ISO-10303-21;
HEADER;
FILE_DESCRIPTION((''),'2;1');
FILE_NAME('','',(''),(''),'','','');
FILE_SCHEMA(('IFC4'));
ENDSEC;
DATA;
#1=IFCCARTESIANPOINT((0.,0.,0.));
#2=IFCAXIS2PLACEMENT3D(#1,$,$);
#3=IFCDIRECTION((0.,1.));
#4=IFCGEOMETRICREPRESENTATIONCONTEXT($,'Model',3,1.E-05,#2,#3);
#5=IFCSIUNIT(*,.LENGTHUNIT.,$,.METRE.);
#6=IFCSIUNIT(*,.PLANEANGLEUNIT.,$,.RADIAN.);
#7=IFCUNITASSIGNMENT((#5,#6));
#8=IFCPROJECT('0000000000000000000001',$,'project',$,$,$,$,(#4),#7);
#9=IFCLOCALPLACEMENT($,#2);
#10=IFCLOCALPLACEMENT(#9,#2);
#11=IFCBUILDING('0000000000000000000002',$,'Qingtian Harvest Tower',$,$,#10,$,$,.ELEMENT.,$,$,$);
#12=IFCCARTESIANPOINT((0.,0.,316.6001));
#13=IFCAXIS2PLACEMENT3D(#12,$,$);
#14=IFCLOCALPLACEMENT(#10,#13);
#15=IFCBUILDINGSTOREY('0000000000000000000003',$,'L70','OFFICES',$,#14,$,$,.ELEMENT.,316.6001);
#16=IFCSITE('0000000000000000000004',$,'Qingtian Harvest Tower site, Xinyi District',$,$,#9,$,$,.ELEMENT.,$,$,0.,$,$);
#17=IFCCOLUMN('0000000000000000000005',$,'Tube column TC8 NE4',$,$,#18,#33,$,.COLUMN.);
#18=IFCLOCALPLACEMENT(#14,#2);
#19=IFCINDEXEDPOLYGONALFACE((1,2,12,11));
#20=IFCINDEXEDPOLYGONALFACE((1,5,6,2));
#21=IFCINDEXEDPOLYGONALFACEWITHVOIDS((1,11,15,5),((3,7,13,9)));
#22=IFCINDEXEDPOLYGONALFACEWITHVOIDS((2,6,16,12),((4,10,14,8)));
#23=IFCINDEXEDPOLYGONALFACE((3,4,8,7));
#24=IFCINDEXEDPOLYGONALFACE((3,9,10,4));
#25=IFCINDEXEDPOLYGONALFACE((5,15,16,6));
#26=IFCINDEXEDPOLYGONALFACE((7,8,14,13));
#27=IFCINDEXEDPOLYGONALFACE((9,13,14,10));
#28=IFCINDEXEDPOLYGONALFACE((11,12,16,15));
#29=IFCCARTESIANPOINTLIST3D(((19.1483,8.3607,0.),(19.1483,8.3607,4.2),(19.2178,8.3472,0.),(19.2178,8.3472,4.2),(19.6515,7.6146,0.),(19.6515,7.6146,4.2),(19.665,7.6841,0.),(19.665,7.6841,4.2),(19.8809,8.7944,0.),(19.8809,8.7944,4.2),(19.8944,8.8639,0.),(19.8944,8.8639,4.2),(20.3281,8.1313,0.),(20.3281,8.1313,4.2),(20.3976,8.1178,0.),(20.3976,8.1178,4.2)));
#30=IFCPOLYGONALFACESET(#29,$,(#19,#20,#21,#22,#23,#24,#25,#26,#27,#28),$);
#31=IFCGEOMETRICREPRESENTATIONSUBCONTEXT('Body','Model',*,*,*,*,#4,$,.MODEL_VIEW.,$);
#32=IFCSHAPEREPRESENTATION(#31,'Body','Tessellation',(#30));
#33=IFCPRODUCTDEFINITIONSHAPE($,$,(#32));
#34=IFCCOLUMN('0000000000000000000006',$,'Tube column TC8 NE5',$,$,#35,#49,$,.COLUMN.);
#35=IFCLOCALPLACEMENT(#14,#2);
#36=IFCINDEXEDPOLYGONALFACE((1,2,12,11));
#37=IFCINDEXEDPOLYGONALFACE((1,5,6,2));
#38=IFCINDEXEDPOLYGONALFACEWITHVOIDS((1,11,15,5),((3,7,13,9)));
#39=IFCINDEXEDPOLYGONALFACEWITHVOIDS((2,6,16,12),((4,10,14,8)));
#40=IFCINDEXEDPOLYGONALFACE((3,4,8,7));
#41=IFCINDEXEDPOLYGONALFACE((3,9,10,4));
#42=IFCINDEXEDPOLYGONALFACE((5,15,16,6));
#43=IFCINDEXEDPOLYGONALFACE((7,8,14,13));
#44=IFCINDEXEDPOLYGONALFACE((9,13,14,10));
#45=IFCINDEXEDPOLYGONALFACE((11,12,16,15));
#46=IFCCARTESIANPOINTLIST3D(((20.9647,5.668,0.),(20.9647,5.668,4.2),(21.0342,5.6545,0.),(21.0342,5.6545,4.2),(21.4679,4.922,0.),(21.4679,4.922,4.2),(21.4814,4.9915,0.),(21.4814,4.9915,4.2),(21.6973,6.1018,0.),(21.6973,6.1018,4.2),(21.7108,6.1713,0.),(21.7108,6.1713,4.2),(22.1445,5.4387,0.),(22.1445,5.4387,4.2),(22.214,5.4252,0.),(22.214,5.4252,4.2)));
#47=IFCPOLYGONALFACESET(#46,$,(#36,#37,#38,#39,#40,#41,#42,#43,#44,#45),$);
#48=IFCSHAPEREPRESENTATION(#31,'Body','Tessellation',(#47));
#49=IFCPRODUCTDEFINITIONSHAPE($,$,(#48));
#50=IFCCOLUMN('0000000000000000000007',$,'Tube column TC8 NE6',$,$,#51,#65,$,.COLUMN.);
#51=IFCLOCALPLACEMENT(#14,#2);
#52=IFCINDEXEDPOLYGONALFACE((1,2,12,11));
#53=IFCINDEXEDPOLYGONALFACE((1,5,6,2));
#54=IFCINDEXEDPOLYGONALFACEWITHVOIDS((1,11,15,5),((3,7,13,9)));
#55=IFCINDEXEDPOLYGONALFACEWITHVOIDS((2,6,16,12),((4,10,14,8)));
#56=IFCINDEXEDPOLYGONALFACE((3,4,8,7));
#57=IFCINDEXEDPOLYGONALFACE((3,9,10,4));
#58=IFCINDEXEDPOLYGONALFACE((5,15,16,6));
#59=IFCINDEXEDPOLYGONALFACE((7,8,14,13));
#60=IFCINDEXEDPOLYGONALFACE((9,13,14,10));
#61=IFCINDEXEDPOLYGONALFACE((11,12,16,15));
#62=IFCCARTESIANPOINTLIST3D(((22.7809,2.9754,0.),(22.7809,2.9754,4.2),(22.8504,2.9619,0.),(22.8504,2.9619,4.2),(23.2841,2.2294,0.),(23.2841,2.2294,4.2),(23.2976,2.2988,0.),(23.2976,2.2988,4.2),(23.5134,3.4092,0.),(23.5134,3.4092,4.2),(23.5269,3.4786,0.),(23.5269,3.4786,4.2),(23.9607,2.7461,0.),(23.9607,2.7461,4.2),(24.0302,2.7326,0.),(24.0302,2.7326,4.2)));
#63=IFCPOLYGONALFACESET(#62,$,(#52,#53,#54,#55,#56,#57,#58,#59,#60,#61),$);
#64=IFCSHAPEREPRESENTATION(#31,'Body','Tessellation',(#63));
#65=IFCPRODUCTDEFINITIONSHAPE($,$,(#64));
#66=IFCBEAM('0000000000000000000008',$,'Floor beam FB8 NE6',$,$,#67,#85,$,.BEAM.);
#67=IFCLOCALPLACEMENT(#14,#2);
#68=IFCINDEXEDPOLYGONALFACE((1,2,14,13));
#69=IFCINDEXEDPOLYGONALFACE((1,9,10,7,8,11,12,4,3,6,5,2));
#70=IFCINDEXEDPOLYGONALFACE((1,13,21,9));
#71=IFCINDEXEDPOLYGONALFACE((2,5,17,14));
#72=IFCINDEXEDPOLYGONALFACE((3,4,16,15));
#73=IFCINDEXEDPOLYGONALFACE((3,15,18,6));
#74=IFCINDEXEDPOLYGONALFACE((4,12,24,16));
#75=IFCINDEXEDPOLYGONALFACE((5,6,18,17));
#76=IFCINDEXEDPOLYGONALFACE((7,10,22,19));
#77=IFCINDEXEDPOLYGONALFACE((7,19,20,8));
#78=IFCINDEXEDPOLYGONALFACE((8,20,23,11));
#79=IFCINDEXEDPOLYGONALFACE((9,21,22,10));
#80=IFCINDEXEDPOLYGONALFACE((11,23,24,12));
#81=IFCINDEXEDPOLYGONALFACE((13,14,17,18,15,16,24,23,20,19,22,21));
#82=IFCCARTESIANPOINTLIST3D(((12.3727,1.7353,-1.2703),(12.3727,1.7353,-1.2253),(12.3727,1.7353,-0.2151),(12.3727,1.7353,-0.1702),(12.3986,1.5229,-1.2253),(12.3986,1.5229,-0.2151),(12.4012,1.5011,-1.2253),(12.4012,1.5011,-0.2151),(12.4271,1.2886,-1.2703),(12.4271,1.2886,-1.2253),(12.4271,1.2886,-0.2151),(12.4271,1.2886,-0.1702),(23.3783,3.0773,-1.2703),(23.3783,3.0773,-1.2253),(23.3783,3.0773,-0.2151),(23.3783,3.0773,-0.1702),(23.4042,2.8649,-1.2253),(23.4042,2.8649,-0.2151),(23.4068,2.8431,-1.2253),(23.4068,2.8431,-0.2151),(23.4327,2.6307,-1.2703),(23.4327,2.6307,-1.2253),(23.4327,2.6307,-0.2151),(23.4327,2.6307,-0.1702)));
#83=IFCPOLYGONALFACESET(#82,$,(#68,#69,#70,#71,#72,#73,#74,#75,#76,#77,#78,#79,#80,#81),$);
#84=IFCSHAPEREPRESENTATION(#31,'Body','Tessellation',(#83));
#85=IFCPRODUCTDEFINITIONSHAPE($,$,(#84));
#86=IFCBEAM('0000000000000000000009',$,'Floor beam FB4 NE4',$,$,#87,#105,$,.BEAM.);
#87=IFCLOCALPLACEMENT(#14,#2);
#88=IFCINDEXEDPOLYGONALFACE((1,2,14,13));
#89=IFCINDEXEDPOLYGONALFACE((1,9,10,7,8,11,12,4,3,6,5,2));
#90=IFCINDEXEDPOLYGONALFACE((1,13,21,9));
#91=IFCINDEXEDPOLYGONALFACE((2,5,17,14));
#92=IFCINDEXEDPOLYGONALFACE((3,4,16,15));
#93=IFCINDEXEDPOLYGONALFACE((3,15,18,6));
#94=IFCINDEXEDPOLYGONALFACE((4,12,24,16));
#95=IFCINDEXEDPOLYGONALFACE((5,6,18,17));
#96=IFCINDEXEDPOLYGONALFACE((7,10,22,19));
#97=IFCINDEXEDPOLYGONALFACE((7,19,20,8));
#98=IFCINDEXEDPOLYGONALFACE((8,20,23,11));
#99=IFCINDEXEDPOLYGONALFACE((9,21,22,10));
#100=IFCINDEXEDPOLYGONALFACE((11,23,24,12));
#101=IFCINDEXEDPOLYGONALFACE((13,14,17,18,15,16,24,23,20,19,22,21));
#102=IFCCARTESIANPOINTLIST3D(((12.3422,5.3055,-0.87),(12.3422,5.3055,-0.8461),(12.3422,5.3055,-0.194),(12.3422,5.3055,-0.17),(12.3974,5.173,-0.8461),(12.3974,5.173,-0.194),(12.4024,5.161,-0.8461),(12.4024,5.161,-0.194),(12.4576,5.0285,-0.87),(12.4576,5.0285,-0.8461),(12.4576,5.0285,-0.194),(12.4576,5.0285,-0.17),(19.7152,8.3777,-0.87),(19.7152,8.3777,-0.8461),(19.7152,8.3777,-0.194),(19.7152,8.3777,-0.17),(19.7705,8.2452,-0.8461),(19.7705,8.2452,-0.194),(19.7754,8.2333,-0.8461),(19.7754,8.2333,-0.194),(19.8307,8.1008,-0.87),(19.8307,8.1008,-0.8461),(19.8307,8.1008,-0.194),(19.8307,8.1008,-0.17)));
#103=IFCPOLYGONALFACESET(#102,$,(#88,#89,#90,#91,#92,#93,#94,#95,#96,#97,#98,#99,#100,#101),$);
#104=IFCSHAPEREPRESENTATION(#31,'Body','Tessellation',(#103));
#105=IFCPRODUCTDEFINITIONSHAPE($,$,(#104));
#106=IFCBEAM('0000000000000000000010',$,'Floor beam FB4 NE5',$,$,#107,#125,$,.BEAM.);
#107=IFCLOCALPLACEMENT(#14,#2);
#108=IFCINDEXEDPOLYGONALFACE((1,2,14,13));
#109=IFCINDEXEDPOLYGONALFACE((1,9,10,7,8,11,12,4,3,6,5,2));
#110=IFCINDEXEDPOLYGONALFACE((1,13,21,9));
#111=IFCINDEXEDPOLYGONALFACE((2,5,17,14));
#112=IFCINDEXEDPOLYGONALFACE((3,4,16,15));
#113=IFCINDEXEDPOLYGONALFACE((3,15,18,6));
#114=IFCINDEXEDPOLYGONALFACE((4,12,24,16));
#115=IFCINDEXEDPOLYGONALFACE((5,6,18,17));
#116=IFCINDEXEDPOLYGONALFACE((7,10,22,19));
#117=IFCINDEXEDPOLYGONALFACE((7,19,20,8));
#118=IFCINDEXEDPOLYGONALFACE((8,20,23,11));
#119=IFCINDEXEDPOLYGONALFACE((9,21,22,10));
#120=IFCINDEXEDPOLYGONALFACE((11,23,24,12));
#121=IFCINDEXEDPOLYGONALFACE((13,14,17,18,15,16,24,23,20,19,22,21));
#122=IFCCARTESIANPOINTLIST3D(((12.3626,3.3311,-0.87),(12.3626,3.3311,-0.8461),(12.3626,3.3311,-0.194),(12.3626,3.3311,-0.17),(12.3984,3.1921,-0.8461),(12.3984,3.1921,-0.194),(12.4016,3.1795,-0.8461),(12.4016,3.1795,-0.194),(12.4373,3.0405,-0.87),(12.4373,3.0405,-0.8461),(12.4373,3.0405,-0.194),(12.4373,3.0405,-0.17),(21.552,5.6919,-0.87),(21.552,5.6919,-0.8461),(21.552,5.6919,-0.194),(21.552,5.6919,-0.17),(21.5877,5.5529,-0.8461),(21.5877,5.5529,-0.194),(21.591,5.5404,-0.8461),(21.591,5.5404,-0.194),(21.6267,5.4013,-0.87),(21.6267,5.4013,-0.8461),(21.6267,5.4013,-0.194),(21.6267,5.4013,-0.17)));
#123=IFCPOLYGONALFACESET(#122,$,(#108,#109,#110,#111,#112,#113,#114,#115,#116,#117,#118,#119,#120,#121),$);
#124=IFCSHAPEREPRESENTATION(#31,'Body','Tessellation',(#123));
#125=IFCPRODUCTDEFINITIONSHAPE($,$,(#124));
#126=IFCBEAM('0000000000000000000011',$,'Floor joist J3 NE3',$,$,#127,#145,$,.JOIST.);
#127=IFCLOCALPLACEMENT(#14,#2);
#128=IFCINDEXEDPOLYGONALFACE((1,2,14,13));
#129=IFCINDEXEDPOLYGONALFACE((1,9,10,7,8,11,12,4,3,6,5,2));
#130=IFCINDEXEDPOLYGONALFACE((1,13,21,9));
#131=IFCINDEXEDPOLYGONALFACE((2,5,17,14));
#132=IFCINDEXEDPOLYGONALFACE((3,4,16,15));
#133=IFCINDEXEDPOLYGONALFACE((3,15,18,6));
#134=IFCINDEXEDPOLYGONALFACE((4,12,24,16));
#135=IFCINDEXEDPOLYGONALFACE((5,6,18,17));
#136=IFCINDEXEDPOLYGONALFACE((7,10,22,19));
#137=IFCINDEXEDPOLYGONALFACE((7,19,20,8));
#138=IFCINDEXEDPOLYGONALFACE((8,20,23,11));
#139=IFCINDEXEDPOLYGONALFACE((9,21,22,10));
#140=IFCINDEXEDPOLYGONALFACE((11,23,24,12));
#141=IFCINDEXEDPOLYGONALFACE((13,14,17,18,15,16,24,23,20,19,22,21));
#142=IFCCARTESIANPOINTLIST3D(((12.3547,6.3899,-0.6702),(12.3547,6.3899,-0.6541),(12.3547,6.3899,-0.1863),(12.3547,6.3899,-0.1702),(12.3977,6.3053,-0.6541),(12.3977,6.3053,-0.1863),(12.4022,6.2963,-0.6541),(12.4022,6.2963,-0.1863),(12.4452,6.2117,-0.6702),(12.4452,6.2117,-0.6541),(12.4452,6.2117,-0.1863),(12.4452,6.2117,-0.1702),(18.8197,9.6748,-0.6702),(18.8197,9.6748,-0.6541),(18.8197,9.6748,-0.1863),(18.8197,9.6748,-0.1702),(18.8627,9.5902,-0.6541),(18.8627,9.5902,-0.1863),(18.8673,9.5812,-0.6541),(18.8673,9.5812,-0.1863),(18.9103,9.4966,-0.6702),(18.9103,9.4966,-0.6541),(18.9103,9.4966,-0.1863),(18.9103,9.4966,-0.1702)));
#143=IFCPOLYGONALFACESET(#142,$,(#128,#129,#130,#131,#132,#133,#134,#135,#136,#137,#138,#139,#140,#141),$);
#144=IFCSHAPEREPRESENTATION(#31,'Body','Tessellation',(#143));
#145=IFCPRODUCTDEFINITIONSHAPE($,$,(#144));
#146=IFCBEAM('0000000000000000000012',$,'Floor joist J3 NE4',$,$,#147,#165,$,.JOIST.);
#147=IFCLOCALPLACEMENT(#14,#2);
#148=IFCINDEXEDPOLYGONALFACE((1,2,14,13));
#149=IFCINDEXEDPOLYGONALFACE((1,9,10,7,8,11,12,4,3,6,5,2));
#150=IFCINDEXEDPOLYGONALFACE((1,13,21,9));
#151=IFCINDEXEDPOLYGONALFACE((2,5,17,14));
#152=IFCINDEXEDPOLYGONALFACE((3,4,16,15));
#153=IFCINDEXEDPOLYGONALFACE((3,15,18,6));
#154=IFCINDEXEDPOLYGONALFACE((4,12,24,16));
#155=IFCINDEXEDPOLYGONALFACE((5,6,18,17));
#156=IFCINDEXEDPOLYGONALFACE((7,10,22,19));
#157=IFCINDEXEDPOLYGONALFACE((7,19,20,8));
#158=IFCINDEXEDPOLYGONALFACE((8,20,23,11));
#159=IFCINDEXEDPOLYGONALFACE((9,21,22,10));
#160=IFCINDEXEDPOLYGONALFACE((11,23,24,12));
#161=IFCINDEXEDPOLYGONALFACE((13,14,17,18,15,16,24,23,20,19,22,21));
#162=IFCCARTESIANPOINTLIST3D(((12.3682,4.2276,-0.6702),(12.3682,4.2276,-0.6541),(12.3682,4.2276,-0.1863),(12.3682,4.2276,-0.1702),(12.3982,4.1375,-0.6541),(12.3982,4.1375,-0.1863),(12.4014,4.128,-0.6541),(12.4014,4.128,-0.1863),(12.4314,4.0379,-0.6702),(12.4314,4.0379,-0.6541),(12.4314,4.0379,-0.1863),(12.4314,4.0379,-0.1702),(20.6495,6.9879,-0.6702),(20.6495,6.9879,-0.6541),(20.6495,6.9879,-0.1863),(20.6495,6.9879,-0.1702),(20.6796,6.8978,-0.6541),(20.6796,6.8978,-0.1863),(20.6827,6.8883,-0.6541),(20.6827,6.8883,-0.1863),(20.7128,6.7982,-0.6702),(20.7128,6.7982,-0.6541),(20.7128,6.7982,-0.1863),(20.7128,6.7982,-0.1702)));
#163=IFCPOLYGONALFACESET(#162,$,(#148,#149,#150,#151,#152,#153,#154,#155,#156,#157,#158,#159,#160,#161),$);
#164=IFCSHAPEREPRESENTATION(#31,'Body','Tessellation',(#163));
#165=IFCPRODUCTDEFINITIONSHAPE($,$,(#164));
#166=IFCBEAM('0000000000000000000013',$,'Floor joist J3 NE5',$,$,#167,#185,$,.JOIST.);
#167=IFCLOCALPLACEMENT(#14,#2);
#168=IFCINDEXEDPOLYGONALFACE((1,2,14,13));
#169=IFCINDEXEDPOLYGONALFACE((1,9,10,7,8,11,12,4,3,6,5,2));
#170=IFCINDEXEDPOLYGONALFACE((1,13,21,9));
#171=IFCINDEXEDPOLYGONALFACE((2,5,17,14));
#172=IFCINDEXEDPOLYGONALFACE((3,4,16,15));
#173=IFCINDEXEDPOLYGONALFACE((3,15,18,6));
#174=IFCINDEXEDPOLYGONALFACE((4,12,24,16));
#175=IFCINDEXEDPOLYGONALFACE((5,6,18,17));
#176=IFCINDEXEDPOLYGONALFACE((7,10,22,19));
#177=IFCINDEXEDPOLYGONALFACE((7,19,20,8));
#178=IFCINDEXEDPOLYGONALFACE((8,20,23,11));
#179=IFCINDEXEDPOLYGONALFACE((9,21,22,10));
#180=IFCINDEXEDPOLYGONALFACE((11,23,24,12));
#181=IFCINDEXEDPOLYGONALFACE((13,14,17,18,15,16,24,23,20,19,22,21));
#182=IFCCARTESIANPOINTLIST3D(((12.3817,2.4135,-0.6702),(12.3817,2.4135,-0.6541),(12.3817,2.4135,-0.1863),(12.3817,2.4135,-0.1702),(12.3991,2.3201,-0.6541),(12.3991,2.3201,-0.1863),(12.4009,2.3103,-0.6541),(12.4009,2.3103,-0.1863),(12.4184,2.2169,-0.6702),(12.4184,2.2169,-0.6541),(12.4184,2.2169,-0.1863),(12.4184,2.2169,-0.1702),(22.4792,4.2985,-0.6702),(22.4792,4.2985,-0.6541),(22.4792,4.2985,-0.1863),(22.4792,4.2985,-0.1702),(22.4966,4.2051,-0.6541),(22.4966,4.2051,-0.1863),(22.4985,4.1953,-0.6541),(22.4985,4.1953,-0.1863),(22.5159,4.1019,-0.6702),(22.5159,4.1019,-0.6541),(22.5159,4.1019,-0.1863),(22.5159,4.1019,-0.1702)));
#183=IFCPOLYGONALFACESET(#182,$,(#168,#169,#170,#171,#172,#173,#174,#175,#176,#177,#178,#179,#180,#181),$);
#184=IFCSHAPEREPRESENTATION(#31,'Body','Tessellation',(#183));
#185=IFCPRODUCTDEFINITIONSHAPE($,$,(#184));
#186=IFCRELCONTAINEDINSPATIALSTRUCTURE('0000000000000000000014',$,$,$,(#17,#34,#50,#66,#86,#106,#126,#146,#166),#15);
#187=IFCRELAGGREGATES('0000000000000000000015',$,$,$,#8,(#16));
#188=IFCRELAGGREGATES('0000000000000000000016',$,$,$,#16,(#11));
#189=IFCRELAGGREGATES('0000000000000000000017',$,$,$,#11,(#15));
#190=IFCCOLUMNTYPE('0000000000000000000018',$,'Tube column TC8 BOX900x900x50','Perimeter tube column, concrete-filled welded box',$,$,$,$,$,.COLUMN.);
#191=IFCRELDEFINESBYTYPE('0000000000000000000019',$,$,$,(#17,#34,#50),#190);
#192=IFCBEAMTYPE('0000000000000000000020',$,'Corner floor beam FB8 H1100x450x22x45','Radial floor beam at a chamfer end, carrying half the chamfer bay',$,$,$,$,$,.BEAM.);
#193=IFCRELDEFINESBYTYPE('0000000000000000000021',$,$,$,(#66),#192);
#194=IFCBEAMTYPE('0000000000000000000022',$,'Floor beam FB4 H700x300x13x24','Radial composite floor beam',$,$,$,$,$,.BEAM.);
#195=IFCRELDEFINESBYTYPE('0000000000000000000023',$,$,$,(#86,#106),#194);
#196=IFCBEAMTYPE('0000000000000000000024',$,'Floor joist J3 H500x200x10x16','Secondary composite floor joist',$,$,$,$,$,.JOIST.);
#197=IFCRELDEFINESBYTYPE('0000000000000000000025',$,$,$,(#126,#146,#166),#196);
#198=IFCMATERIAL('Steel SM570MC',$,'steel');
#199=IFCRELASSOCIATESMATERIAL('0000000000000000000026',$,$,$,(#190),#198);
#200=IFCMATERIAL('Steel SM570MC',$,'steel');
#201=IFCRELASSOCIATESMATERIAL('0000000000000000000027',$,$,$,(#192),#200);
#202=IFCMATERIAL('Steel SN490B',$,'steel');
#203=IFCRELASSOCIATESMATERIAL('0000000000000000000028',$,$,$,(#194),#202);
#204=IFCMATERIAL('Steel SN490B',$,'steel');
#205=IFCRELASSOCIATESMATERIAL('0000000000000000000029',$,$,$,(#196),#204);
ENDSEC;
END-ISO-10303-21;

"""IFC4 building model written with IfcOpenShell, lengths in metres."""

from ifc_helpers import new_model, si_unit, direction, frame, origin, origin_2d, place, context, subcontext, project, spatial, hollow_rectangle, i_section, extrude, material, material_profile, profile_set, type_object, element, save


model = new_model("IFC4")

# Units and contexts
model_context = context("Model", 3, precision=1e-05, world=origin(), true_north=direction((0.0, 1.0)))
body_context = subcontext(model_context, "Body", "Model", "MODEL_VIEW")
ifc_project = project(units=[si_unit("LENGTHUNIT", "METRE"), si_unit("PLANEANGLEUNIT", "RADIAN")], contexts=[model_context])

# Site, building, storey
site_placement = place(None, origin())
site = spatial("IfcSite", under=ifc_project, at=site_placement, Name="Qingtian Harvest Tower site, Xinyi District", CompositionType="ELEMENT", RefElevation=0.0)
building_placement = place(site_placement, origin())
building = spatial("IfcBuilding", under=site, at=building_placement, Name="Qingtian Harvest Tower", CompositionType="ELEMENT")
storey_placement = place(building_placement, frame((0.0, 0.0, 316.6001)))
storey = spatial("IfcBuildingStorey", under=building, at=storey_placement, Name="L70", Description="OFFICES", CompositionType="ELEMENT", Elevation=316.6001)

# Columns
ifc_material_1 = material(Name="Steel SM570MC", Category="steel")
ifc_material_profile_1 = material_profile(ifc_material_1, hollow_rectangle(XDim=0.8999, YDim=0.8999, WallThickness=0.05, at=origin_2d()), Name="BOX900x900x50")
ifc_profile_set_1 = profile_set([ifc_material_profile_1], Name="Steel SM570MC")
column_type = type_object("IfcColumnType", Name="Tube column TC8 BOX900x900x50", Description="Perimeter tube column, concrete-filled welded box", PredefinedType="COLUMN", material=ifc_profile_set_1)
for number, where, z_axis, x_axis, name in (
    (1, (19.7729, 8.2393, 0.0), (0.0, 0.0, 1.0), (-0.559193, 0.829038, 0.0), "Tube column TC8 NE4"),
    (2, (21.5894, 5.5466, 0.0), (0.0, 0.0, 1.0), (-0.559193, 0.829038, 0.0), "Tube column TC8 NE5"),
    (3, (23.4055, 2.854, 0.0), (0.0, 0.0, 1.0), (-0.559193, 0.829038, 0.0), "Tube column TC8 NE6"),
):
    element("IfcColumn", number, at=place(storey_placement, frame(where, z_axis=z_axis, x_axis=x_axis)), inside=storey, type_object=column_type, Name=name, PredefinedType="COLUMN", context=body_context, shape_type="SweptSolid", body=[
        extrude(hollow_rectangle(XDim=0.8999, YDim=0.8999, WallThickness=0.05, at=origin_2d()), origin(), (0.0, 0.0, 1.0), 4.2),
    ])

# Beams
ifc_material_2 = material(Name="Steel SM570MC", Category="steel")
ifc_material_profile_2 = material_profile(ifc_material_2, i_section(OverallWidth=0.45, OverallDepth=1.1001, WebThickness=0.022, FlangeThickness=0.0449, at=origin_2d()), Name="H1100x450x22x45")
ifc_profile_set_2 = profile_set([ifc_material_profile_2], Name="Steel SM570MC")
beam_type_1 = type_object("IfcBeamType", Name="Corner floor beam FB8 H1100x450x22x45", Description="Radial floor beam at a chamfer end, carrying half the chamfer bay", PredefinedType="BEAM", material=ifc_profile_set_2)
beam_1_placement = place(storey_placement, frame((23.4055, 2.854, -0.7202), z_axis=(-0.992647, -0.121045, 0.0), x_axis=(0.121045, -0.992647, 0.0)))
element("IfcBeam", 4, at=beam_1_placement, inside=storey, type_object=beam_type_1, Name="Floor beam FB8 NE6", PredefinedType="BEAM", context=body_context, shape_type="SweptSolid", body=[
    extrude(i_section(OverallWidth=0.45, OverallDepth=1.1001, WebThickness=0.022, FlangeThickness=0.0449, at=origin_2d()), origin(), (0.0, 0.0, 1.0), 11.0872),
])
ifc_material_3 = material(Name="Steel SN490B", Category="steel")
ifc_material_profile_3 = material_profile(ifc_material_3, i_section(OverallWidth=0.3, OverallDepth=0.7, WebThickness=0.0129, FlangeThickness=0.0239, at=origin_2d()), Name="H700x300x13x24")
ifc_profile_set_3 = profile_set([ifc_material_profile_3], Name="Steel SN490B")
beam_type_2 = type_object("IfcBeamType", Name="Floor beam FB4 H700x300x13x24", Description="Radial composite floor beam", PredefinedType="BEAM", material=ifc_profile_set_3)
beam_2_placement = place(storey_placement, frame((19.7729, 8.2393, -0.52), z_axis=(-0.92307, -0.384633, 0.0), x_axis=(0.384633, -0.92307, 0.0)))
element("IfcBeam", 5, at=beam_2_placement, inside=storey, type_object=beam_type_2, Name="Floor beam FB4 NE4", PredefinedType="BEAM", context=body_context, shape_type="SweptSolid", body=[
    extrude(i_section(OverallWidth=0.3, OverallDepth=0.7, WebThickness=0.0129, FlangeThickness=0.0239, at=origin_2d()), origin(), (0.0, 0.0, 1.0), 7.9875),
])
beam_3_placement = place(storey_placement, frame((21.5894, 5.5466, -0.52), z_axis=(-0.968548, -0.248827, 0.0), x_axis=(0.248827, -0.968548, 0.0)))
element("IfcBeam", 6, at=beam_3_placement, inside=storey, type_object=beam_type_2, Name="Floor beam FB4 NE5", PredefinedType="BEAM", context=body_context, shape_type="SweptSolid", body=[
    extrude(i_section(OverallWidth=0.3, OverallDepth=0.7, WebThickness=0.0129, FlangeThickness=0.0239, at=origin_2d()), origin(), (0.0, 0.0, 1.0), 9.4878),
])
ifc_material_4 = material(Name="Steel SN490B", Category="steel")
ifc_material_profile_4 = material_profile(ifc_material_4, i_section(OverallWidth=0.2, OverallDepth=0.5, WebThickness=0.01, FlangeThickness=0.0161, at=origin_2d()), Name="H500x200x10x16")
ifc_profile_set_4 = profile_set([ifc_material_profile_4], Name="Steel SN490B")
beam_type_3 = type_object("IfcBeamType", Name="Floor joist J3 H500x200x10x16", Description="Secondary composite floor joist", PredefinedType="JOIST", material=ifc_profile_set_4)
beam_4_placement = place(storey_placement, frame((18.865, 9.5857, -0.4202), z_axis=(-0.89152, -0.452981, 0.0), x_axis=(0.452981, -0.89152, 0.0)))
element("IfcBeam", 7, at=beam_4_placement, inside=storey, type_object=beam_type_3, Name="Floor joist J3 NE3", PredefinedType="JOIST", context=body_context, shape_type="SweptSolid", body=[
    extrude(i_section(OverallWidth=0.2, OverallDepth=0.5, WebThickness=0.01, FlangeThickness=0.0161, at=origin_2d()), origin(), (0.0, 0.0, 1.0), 7.2517),
])
beam_5_placement = place(storey_placement, frame((20.6812, 6.8931, -0.4202), z_axis=(-0.948689, -0.316211, 0.0), x_axis=(0.316211, -0.948689, 0.0)))
element("IfcBeam", 8, at=beam_5_placement, inside=storey, type_object=beam_type_3, Name="Floor joist J3 NE4", PredefinedType="JOIST", context=body_context, shape_type="SweptSolid", body=[
    extrude(i_section(OverallWidth=0.2, OverallDepth=0.5, WebThickness=0.01, FlangeThickness=0.0161, at=origin_2d()), origin(), (0.0, 0.0, 1.0), 8.7292),
])
beam_6_placement = place(storey_placement, frame((22.4976, 4.2002, -0.4202), z_axis=(-0.983018, -0.183508, 0.0), x_axis=(0.183508, -0.983018, 0.0)))
element("IfcBeam", 9, at=beam_6_placement, inside=storey, type_object=beam_type_3, Name="Floor joist J3 NE5", PredefinedType="JOIST", context=body_context, shape_type="SweptSolid", body=[
    extrude(i_section(OverallWidth=0.2, OverallDepth=0.5, WebThickness=0.01, FlangeThickness=0.0161, at=origin_2d()), origin(), (0.0, 0.0, 1.0), 10.272),
])

save(model, "model.ifc")
